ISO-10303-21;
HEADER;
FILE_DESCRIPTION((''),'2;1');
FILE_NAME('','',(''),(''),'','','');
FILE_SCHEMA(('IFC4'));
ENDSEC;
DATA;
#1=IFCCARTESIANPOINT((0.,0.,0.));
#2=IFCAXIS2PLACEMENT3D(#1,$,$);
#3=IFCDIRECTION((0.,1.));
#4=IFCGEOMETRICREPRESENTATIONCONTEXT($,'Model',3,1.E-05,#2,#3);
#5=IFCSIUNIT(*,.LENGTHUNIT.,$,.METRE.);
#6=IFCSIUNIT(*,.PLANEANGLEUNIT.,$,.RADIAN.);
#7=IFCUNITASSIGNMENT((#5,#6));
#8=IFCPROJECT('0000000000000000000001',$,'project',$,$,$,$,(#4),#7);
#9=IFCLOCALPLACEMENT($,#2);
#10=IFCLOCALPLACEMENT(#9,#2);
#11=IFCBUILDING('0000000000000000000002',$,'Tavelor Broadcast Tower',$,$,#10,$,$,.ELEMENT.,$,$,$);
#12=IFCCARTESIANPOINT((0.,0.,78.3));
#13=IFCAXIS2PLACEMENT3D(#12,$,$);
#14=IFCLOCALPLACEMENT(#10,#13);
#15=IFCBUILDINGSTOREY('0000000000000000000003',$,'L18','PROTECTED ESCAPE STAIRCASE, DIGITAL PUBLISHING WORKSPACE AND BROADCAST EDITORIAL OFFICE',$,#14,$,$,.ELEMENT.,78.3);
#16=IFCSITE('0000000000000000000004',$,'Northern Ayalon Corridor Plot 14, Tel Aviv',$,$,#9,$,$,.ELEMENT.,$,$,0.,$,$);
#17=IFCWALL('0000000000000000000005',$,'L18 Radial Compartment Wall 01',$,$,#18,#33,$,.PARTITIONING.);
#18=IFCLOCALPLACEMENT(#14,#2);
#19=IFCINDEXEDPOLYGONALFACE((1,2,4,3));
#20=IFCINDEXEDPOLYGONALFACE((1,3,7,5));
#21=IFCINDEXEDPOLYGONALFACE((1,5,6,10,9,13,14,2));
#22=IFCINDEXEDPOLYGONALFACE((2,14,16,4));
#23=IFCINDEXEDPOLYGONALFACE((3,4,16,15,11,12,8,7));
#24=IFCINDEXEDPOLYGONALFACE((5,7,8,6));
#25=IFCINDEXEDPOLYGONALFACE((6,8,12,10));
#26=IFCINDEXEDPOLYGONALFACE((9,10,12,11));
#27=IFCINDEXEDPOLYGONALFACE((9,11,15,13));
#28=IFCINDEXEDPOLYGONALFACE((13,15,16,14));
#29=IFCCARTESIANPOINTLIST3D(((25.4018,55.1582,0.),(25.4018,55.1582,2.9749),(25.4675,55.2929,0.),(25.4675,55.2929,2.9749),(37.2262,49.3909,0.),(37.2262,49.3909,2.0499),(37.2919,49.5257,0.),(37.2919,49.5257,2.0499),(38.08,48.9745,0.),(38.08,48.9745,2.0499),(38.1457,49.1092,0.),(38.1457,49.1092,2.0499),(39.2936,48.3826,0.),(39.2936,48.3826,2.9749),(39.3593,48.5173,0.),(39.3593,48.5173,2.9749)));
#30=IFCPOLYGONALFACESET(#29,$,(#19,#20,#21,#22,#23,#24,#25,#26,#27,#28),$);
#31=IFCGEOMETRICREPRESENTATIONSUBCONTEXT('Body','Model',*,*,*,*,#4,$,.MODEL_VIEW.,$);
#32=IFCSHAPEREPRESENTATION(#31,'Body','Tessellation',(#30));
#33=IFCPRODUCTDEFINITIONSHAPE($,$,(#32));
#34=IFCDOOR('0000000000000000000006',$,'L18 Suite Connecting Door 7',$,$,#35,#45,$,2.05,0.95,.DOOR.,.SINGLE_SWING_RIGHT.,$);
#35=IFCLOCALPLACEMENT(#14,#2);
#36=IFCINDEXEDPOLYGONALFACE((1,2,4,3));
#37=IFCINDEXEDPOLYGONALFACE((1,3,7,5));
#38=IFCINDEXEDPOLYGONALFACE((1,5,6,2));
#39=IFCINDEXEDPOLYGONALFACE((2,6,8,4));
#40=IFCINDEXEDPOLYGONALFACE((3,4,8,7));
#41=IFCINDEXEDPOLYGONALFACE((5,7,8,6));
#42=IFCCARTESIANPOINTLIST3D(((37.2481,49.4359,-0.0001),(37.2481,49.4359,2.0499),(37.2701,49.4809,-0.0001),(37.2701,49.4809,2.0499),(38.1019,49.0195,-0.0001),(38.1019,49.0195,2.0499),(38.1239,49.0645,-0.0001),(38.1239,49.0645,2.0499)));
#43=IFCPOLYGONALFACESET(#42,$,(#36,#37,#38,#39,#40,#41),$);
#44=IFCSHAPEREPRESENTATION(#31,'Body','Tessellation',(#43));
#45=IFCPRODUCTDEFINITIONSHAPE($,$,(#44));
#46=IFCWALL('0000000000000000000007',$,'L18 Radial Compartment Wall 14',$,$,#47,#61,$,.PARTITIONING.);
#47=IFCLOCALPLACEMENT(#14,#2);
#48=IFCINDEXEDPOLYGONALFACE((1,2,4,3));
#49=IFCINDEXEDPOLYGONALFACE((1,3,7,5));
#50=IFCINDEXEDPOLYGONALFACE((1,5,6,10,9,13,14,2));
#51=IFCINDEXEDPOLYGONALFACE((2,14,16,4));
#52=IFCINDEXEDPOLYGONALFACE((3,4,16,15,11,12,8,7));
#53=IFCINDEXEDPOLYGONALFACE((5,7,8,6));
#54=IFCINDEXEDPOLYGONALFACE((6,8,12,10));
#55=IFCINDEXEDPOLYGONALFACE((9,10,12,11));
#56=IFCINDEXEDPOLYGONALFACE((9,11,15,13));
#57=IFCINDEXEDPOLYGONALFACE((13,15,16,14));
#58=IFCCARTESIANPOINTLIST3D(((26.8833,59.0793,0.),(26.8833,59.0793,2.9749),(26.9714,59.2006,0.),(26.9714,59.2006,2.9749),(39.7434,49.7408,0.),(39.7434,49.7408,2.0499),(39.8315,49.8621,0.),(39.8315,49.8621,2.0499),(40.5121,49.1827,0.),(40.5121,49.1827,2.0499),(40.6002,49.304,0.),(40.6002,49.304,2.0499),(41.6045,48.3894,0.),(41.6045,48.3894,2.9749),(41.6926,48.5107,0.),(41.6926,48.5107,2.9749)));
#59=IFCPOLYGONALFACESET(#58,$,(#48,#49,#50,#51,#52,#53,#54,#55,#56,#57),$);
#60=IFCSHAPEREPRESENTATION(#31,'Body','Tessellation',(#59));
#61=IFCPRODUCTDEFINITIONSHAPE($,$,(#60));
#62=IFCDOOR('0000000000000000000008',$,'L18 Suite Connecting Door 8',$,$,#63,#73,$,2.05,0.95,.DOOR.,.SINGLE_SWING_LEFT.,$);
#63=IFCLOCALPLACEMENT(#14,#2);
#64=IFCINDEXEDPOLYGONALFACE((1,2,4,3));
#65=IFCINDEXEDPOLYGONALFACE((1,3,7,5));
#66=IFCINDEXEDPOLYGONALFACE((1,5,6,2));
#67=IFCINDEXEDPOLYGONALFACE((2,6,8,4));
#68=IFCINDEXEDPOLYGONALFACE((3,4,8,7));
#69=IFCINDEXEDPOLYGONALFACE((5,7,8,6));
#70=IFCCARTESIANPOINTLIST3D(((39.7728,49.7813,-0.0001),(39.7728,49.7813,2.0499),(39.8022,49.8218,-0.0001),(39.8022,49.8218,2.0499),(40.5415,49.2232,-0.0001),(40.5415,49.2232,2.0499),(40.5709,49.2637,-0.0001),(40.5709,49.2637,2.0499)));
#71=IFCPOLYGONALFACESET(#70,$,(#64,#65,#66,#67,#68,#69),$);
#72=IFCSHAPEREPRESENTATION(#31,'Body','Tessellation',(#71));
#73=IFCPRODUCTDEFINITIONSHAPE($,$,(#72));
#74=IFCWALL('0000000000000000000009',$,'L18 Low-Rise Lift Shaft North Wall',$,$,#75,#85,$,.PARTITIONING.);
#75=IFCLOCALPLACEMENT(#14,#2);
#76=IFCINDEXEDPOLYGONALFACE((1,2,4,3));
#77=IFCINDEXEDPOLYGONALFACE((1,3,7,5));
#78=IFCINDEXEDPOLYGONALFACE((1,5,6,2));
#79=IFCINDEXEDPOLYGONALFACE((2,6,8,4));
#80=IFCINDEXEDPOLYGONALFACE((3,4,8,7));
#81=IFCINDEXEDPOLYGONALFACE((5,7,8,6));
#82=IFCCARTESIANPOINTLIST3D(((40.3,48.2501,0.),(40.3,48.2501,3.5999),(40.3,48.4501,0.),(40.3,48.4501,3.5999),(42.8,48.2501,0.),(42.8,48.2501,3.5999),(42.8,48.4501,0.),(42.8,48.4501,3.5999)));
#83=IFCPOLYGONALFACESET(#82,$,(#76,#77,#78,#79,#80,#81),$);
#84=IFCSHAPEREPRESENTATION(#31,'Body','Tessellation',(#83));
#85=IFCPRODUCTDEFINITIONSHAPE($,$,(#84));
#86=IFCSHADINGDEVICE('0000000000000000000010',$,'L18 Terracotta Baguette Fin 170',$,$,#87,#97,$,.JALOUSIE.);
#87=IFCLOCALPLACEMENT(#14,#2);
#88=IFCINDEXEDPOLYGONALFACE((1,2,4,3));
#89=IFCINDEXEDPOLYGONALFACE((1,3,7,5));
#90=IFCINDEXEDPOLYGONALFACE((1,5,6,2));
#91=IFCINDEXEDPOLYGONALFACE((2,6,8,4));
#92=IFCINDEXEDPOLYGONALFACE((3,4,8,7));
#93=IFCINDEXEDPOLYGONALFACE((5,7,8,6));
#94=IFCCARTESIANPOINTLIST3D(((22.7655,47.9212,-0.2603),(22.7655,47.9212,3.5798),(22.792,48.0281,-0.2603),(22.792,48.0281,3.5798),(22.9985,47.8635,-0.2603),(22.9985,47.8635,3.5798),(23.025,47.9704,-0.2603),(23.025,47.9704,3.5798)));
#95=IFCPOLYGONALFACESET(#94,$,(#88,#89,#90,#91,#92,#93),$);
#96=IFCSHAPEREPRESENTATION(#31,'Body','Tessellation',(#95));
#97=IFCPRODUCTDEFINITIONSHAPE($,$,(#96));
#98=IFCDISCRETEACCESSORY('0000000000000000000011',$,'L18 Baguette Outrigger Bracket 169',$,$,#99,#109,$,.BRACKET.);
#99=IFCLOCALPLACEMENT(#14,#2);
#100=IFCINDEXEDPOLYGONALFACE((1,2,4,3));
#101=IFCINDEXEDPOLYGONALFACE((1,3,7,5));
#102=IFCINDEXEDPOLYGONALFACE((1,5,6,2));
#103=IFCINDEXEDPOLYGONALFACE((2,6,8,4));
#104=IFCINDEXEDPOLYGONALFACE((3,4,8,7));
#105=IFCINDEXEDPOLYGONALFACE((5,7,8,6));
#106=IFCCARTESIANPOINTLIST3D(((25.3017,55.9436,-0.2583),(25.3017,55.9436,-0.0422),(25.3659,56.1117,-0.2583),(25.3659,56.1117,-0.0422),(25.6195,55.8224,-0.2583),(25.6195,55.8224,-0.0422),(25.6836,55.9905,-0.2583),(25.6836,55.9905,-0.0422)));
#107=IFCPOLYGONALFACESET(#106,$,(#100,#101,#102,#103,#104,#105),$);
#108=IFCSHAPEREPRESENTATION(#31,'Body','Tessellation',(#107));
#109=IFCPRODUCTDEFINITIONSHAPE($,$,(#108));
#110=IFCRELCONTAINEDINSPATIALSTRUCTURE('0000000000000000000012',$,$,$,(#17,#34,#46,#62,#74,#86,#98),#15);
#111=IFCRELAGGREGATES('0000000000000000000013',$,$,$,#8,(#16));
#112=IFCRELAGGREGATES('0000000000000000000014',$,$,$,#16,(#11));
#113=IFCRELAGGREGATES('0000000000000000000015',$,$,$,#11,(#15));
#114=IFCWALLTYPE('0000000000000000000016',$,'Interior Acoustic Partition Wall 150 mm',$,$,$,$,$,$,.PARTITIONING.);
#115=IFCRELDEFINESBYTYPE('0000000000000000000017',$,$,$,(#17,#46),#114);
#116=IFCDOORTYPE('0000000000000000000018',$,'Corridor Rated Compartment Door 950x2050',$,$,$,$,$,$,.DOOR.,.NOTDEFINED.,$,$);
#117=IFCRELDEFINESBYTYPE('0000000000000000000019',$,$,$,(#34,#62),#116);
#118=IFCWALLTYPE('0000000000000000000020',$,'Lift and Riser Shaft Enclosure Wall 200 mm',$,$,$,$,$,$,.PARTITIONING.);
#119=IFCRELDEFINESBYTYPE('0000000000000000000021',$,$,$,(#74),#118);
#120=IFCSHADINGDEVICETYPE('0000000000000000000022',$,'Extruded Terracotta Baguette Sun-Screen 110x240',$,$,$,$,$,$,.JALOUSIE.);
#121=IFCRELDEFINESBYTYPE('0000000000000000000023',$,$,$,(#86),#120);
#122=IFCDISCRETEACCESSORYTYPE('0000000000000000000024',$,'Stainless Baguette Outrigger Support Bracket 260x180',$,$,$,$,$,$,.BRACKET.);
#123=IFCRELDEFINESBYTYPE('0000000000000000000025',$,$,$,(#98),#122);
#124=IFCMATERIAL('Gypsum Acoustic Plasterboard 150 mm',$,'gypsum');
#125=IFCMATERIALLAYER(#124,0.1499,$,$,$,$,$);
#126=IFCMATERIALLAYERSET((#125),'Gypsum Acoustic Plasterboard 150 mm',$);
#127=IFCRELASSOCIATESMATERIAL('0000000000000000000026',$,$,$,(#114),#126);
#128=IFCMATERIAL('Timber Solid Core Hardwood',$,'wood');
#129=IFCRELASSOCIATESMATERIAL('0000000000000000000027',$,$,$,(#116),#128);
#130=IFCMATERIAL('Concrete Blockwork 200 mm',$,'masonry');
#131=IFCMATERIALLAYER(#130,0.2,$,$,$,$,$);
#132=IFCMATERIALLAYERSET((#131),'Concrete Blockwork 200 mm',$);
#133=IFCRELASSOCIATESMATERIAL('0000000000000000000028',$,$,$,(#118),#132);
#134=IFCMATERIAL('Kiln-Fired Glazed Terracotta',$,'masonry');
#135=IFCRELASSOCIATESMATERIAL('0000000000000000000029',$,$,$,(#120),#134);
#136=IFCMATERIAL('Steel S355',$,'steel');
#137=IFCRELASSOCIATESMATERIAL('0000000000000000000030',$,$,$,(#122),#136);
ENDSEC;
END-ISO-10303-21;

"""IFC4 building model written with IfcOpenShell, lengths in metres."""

from ifc_helpers import new_model, si_unit, direction, frame, frame_2d, origin, origin_2d, place, context, subcontext, project, spatial, rectangle, extrude, source, transform, mapped, material, layer, layer_set, type_object, type_shapes, element, fill, save


model = new_model("IFC4")

# Units and contexts
model_context = context("Model", 3, precision=1e-05, world=origin(), true_north=direction((0.0, 1.0)))
body_context = subcontext(model_context, "Body", "Model", "MODEL_VIEW")
ifc_project = project(units=[si_unit("LENGTHUNIT", "METRE"), si_unit("PLANEANGLEUNIT", "RADIAN")], contexts=[model_context])

# Site, building, storey
site_placement = place(None, origin())
site = spatial("IfcSite", under=ifc_project, at=site_placement, Name="Northern Ayalon Corridor Plot 14, Tel Aviv", CompositionType="ELEMENT", RefElevation=0.0)
building_placement = place(site_placement, origin())
building = spatial("IfcBuilding", under=site, at=building_placement, Name="Tavelor Broadcast Tower", CompositionType="ELEMENT")
storey_placement = place(building_placement, frame((0.0, 0.0, 78.3)))
storey = spatial("IfcBuildingStorey", under=building, at=storey_placement, Name="L18", Description="PROTECTED ESCAPE STAIRCASE, DIGITAL PUBLISHING WORKSPACE AND BROADCAST EDITORIAL OFFICE", CompositionType="ELEMENT", Elevation=78.3)

# Shared definitions
ifc_material_1 = material(Name="Steel S355", Category="steel")

# Walls, openings, doors
ifc_material_2 = material(Name="Gypsum Acoustic Plasterboard 150 mm", Category="gypsum")
ifc_layer_1 = layer(ifc_material_2, 0.1499)
ifc_layer_set_1 = layer_set([ifc_layer_1], Name="Gypsum Acoustic Plasterboard 150 mm")
wall_type_1 = type_object("IfcWallType", Name="Interior Acoustic Partition Wall 150 mm", PredefinedType="PARTITIONING", material=ifc_layer_set_1)
wall_1_placement = place(storey_placement, frame((39.3264, 48.45, 0.0), z_axis=(0.0, 0.0, 1.0), x_axis=(-0.898791, 0.438378, 0.0)))
wall_1 = element("IfcWall", 1, at=wall_1_placement, inside=storey, type_object=wall_type_1, Name="L18 Radial Compartment Wall 01", PredefinedType="PARTITIONING", context=body_context, shape_type="SweptSolid", body=[
    extrude(rectangle(XDim=15.4561, YDim=0.1499, at=frame_2d((7.728, 0.0))), origin(), (0.0, 0.0, 1.0), 2.9749),
])
opening_1_placement = place(wall_1_placement, frame((1.3501, 0.0, 0.0)))
opening_1 = element("IfcOpeningElement", 2, at=opening_1_placement, cuts=wall_1, PredefinedType="OPENING", context=body_context, shape_type="SweptSolid", body=[
    extrude(rectangle(XDim=0.95, YDim=2.05, at=frame_2d((0.4751, 1.0249))), frame((0.0, 0.085, 0.0), z_axis=(0.0, -1.0, 0.0), x_axis=(1.0, 0.0, 0.0)), (0.0, 0.0, 1.0), 0.1699),
])
ifc_material_3 = material(Name="Timber Solid Core Hardwood", Category="wood")
door_type_1 = type_object("IfcDoorType", Name="Corridor Rated Compartment Door 950x2050", OperationType="NOTDEFINED", PredefinedType="DOOR", material=ifc_material_3)
door_1_placement = place(opening_1_placement, origin())
door_1 = element("IfcDoor", 3, at=door_1_placement, inside=storey, type_object=door_type_1, Name="L18 Suite Connecting Door 7", OperationType="SINGLE_SWING_RIGHT", OverallHeight=2.05, OverallWidth=0.95, PredefinedType="DOOR", context=body_context, shape_type="SweptSolid", body=[
    extrude(rectangle(XDim=0.95, YDim=2.05, at=frame_2d((0.4751, 1.0249))), frame((0.0, 0.0249, 0.0), z_axis=(0.0, -1.0, 0.0), x_axis=(1.0, 0.0, 0.0)), (0.0, 0.0, 1.0), 0.05),
])
fill(opening_1, door_1)
wall_2_placement = place(storey_placement, frame((41.6487, 48.45, 0.0), z_axis=(0.0, 0.0, 1.0), x_axis=(-0.809164, 0.587583, 0.0)))
wall_2 = element("IfcWall", 4, at=wall_2_placement, inside=storey, type_object=wall_type_1, Name="L18 Radial Compartment Wall 14", PredefinedType="PARTITIONING", context=body_context, shape_type="SweptSolid", body=[
    extrude(rectangle(XDim=18.1931, YDim=0.1499, at=frame_2d((9.0967, 0.0))), origin(), (0.0, 0.0, 1.0), 2.9749),
])
opening_2_placement = place(wall_2_placement, frame((1.3501, 0.0, 0.0)))
opening_2 = element("IfcOpeningElement", 5, at=opening_2_placement, cuts=wall_2, PredefinedType="OPENING", context=body_context, shape_type="SweptSolid", body=[
    extrude(rectangle(XDim=0.95, YDim=2.05, at=frame_2d((0.4751, 1.0249))), frame((0.0, 0.085, 0.0), z_axis=(0.0, -1.0, 0.0), x_axis=(1.0, 0.0, 0.0)), (0.0, 0.0, 1.0), 0.1699),
])
door_2_placement = place(opening_2_placement, origin())
door_2 = element("IfcDoor", 6, at=door_2_placement, inside=storey, type_object=door_type_1, Name="L18 Suite Connecting Door 8", OperationType="SINGLE_SWING_LEFT", OverallHeight=2.05, OverallWidth=0.95, PredefinedType="DOOR", context=body_context, shape_type="SweptSolid", body=[
    extrude(rectangle(XDim=0.95, YDim=2.05, at=frame_2d((0.4751, 1.0249))), frame((0.0, 0.0249, 0.0), z_axis=(0.0, -1.0, 0.0), x_axis=(1.0, 0.0, 0.0)), (0.0, 0.0, 1.0), 0.05),
])
fill(opening_2, door_2)

# Wall
ifc_material_4 = material(Name="Concrete Blockwork 200 mm", Category="masonry")
ifc_layer_2 = layer(ifc_material_4, 0.2)
ifc_layer_set_2 = layer_set([ifc_layer_2], Name="Concrete Blockwork 200 mm")
wall_type_2 = type_object("IfcWallType", Name="Lift and Riser Shaft Enclosure Wall 200 mm", PredefinedType="PARTITIONING", material=ifc_layer_set_2)
wall_3_placement = place(storey_placement, frame((40.3, 48.3501, 0.0), z_axis=(0.0, 0.0, 1.0), x_axis=(1.0, 0.0, 0.0)))
element("IfcWall", 7, at=wall_3_placement, inside=storey, type_object=wall_type_2, Name="L18 Low-Rise Lift Shaft North Wall", PredefinedType="PARTITIONING", context=body_context, shape_type="SweptSolid", body=[
    extrude(rectangle(XDim=2.5, YDim=0.2, at=frame_2d((1.25, 0.0))), origin(), (0.0, 0.0, 1.0), 3.5999),
])

# Shading device
ifc_material_5 = material(Name="Kiln-Fired Glazed Terracotta", Category="masonry")
shading_device_type = type_object("IfcShadingDeviceType", Name="Extruded Terracotta Baguette Sun-Screen 110x240", PredefinedType="JALOUSIE", material=ifc_material_5)
shared_shape_1 = source(origin(), body_context, "Body", "SweptSolid", [
    extrude(rectangle(XDim=0.1101, YDim=0.24, at=origin_2d()), origin(), (0.0, 0.0, 1.0), 3.8401),
])
type_shapes(shading_device_type, [shared_shape_1])
shading_device_placement = place(storey_placement, frame((22.8953, 47.9458, -0.2603), z_axis=(0.0, 0.0, 1.0), x_axis=(-0.240567, -0.970633, 0.0)))
element("IfcShadingDevice", 8, at=shading_device_placement, inside=storey, type_object=shading_device_type, Name="L18 Terracotta Baguette Fin 170", PredefinedType="JALOUSIE", context=body_context, shape_type="MappedRepresentation", body=[
    mapped(shared_shape_1, transform((0.0, 0.0, 0.0), scale=1.0)),
])

# Discrete accessory
discrete_accessory_type = type_object("IfcDiscreteAccessoryType", Name="Stainless Baguette Outrigger Support Bracket 260x180", PredefinedType="BRACKET", material=ifc_material_1)
shared_shape_2 = source(origin(), body_context, "Body", "SweptSolid", [
    extrude(rectangle(XDim=0.1799, YDim=0.3401, at=origin_2d()), origin(), (0.0, 0.0, 1.0), 0.2161),
])
type_shapes(discrete_accessory_type, [shared_shape_2])
discrete_accessory_placement = place(storey_placement, frame((25.4927, 55.967, -0.2583), z_axis=(0.0, 0.0, 1.0), x_axis=(-0.356412, -0.934329, 0.0)))
element("IfcDiscreteAccessory", 9, at=discrete_accessory_placement, inside=storey, type_object=discrete_accessory_type, Name="L18 Baguette Outrigger Bracket 169", PredefinedType="BRACKET", context=body_context, shape_type="MappedRepresentation", body=[
    mapped(shared_shape_2, transform((0.0, 0.0, 0.0), scale=1.0)),
])

save(model, "model.ifc")
